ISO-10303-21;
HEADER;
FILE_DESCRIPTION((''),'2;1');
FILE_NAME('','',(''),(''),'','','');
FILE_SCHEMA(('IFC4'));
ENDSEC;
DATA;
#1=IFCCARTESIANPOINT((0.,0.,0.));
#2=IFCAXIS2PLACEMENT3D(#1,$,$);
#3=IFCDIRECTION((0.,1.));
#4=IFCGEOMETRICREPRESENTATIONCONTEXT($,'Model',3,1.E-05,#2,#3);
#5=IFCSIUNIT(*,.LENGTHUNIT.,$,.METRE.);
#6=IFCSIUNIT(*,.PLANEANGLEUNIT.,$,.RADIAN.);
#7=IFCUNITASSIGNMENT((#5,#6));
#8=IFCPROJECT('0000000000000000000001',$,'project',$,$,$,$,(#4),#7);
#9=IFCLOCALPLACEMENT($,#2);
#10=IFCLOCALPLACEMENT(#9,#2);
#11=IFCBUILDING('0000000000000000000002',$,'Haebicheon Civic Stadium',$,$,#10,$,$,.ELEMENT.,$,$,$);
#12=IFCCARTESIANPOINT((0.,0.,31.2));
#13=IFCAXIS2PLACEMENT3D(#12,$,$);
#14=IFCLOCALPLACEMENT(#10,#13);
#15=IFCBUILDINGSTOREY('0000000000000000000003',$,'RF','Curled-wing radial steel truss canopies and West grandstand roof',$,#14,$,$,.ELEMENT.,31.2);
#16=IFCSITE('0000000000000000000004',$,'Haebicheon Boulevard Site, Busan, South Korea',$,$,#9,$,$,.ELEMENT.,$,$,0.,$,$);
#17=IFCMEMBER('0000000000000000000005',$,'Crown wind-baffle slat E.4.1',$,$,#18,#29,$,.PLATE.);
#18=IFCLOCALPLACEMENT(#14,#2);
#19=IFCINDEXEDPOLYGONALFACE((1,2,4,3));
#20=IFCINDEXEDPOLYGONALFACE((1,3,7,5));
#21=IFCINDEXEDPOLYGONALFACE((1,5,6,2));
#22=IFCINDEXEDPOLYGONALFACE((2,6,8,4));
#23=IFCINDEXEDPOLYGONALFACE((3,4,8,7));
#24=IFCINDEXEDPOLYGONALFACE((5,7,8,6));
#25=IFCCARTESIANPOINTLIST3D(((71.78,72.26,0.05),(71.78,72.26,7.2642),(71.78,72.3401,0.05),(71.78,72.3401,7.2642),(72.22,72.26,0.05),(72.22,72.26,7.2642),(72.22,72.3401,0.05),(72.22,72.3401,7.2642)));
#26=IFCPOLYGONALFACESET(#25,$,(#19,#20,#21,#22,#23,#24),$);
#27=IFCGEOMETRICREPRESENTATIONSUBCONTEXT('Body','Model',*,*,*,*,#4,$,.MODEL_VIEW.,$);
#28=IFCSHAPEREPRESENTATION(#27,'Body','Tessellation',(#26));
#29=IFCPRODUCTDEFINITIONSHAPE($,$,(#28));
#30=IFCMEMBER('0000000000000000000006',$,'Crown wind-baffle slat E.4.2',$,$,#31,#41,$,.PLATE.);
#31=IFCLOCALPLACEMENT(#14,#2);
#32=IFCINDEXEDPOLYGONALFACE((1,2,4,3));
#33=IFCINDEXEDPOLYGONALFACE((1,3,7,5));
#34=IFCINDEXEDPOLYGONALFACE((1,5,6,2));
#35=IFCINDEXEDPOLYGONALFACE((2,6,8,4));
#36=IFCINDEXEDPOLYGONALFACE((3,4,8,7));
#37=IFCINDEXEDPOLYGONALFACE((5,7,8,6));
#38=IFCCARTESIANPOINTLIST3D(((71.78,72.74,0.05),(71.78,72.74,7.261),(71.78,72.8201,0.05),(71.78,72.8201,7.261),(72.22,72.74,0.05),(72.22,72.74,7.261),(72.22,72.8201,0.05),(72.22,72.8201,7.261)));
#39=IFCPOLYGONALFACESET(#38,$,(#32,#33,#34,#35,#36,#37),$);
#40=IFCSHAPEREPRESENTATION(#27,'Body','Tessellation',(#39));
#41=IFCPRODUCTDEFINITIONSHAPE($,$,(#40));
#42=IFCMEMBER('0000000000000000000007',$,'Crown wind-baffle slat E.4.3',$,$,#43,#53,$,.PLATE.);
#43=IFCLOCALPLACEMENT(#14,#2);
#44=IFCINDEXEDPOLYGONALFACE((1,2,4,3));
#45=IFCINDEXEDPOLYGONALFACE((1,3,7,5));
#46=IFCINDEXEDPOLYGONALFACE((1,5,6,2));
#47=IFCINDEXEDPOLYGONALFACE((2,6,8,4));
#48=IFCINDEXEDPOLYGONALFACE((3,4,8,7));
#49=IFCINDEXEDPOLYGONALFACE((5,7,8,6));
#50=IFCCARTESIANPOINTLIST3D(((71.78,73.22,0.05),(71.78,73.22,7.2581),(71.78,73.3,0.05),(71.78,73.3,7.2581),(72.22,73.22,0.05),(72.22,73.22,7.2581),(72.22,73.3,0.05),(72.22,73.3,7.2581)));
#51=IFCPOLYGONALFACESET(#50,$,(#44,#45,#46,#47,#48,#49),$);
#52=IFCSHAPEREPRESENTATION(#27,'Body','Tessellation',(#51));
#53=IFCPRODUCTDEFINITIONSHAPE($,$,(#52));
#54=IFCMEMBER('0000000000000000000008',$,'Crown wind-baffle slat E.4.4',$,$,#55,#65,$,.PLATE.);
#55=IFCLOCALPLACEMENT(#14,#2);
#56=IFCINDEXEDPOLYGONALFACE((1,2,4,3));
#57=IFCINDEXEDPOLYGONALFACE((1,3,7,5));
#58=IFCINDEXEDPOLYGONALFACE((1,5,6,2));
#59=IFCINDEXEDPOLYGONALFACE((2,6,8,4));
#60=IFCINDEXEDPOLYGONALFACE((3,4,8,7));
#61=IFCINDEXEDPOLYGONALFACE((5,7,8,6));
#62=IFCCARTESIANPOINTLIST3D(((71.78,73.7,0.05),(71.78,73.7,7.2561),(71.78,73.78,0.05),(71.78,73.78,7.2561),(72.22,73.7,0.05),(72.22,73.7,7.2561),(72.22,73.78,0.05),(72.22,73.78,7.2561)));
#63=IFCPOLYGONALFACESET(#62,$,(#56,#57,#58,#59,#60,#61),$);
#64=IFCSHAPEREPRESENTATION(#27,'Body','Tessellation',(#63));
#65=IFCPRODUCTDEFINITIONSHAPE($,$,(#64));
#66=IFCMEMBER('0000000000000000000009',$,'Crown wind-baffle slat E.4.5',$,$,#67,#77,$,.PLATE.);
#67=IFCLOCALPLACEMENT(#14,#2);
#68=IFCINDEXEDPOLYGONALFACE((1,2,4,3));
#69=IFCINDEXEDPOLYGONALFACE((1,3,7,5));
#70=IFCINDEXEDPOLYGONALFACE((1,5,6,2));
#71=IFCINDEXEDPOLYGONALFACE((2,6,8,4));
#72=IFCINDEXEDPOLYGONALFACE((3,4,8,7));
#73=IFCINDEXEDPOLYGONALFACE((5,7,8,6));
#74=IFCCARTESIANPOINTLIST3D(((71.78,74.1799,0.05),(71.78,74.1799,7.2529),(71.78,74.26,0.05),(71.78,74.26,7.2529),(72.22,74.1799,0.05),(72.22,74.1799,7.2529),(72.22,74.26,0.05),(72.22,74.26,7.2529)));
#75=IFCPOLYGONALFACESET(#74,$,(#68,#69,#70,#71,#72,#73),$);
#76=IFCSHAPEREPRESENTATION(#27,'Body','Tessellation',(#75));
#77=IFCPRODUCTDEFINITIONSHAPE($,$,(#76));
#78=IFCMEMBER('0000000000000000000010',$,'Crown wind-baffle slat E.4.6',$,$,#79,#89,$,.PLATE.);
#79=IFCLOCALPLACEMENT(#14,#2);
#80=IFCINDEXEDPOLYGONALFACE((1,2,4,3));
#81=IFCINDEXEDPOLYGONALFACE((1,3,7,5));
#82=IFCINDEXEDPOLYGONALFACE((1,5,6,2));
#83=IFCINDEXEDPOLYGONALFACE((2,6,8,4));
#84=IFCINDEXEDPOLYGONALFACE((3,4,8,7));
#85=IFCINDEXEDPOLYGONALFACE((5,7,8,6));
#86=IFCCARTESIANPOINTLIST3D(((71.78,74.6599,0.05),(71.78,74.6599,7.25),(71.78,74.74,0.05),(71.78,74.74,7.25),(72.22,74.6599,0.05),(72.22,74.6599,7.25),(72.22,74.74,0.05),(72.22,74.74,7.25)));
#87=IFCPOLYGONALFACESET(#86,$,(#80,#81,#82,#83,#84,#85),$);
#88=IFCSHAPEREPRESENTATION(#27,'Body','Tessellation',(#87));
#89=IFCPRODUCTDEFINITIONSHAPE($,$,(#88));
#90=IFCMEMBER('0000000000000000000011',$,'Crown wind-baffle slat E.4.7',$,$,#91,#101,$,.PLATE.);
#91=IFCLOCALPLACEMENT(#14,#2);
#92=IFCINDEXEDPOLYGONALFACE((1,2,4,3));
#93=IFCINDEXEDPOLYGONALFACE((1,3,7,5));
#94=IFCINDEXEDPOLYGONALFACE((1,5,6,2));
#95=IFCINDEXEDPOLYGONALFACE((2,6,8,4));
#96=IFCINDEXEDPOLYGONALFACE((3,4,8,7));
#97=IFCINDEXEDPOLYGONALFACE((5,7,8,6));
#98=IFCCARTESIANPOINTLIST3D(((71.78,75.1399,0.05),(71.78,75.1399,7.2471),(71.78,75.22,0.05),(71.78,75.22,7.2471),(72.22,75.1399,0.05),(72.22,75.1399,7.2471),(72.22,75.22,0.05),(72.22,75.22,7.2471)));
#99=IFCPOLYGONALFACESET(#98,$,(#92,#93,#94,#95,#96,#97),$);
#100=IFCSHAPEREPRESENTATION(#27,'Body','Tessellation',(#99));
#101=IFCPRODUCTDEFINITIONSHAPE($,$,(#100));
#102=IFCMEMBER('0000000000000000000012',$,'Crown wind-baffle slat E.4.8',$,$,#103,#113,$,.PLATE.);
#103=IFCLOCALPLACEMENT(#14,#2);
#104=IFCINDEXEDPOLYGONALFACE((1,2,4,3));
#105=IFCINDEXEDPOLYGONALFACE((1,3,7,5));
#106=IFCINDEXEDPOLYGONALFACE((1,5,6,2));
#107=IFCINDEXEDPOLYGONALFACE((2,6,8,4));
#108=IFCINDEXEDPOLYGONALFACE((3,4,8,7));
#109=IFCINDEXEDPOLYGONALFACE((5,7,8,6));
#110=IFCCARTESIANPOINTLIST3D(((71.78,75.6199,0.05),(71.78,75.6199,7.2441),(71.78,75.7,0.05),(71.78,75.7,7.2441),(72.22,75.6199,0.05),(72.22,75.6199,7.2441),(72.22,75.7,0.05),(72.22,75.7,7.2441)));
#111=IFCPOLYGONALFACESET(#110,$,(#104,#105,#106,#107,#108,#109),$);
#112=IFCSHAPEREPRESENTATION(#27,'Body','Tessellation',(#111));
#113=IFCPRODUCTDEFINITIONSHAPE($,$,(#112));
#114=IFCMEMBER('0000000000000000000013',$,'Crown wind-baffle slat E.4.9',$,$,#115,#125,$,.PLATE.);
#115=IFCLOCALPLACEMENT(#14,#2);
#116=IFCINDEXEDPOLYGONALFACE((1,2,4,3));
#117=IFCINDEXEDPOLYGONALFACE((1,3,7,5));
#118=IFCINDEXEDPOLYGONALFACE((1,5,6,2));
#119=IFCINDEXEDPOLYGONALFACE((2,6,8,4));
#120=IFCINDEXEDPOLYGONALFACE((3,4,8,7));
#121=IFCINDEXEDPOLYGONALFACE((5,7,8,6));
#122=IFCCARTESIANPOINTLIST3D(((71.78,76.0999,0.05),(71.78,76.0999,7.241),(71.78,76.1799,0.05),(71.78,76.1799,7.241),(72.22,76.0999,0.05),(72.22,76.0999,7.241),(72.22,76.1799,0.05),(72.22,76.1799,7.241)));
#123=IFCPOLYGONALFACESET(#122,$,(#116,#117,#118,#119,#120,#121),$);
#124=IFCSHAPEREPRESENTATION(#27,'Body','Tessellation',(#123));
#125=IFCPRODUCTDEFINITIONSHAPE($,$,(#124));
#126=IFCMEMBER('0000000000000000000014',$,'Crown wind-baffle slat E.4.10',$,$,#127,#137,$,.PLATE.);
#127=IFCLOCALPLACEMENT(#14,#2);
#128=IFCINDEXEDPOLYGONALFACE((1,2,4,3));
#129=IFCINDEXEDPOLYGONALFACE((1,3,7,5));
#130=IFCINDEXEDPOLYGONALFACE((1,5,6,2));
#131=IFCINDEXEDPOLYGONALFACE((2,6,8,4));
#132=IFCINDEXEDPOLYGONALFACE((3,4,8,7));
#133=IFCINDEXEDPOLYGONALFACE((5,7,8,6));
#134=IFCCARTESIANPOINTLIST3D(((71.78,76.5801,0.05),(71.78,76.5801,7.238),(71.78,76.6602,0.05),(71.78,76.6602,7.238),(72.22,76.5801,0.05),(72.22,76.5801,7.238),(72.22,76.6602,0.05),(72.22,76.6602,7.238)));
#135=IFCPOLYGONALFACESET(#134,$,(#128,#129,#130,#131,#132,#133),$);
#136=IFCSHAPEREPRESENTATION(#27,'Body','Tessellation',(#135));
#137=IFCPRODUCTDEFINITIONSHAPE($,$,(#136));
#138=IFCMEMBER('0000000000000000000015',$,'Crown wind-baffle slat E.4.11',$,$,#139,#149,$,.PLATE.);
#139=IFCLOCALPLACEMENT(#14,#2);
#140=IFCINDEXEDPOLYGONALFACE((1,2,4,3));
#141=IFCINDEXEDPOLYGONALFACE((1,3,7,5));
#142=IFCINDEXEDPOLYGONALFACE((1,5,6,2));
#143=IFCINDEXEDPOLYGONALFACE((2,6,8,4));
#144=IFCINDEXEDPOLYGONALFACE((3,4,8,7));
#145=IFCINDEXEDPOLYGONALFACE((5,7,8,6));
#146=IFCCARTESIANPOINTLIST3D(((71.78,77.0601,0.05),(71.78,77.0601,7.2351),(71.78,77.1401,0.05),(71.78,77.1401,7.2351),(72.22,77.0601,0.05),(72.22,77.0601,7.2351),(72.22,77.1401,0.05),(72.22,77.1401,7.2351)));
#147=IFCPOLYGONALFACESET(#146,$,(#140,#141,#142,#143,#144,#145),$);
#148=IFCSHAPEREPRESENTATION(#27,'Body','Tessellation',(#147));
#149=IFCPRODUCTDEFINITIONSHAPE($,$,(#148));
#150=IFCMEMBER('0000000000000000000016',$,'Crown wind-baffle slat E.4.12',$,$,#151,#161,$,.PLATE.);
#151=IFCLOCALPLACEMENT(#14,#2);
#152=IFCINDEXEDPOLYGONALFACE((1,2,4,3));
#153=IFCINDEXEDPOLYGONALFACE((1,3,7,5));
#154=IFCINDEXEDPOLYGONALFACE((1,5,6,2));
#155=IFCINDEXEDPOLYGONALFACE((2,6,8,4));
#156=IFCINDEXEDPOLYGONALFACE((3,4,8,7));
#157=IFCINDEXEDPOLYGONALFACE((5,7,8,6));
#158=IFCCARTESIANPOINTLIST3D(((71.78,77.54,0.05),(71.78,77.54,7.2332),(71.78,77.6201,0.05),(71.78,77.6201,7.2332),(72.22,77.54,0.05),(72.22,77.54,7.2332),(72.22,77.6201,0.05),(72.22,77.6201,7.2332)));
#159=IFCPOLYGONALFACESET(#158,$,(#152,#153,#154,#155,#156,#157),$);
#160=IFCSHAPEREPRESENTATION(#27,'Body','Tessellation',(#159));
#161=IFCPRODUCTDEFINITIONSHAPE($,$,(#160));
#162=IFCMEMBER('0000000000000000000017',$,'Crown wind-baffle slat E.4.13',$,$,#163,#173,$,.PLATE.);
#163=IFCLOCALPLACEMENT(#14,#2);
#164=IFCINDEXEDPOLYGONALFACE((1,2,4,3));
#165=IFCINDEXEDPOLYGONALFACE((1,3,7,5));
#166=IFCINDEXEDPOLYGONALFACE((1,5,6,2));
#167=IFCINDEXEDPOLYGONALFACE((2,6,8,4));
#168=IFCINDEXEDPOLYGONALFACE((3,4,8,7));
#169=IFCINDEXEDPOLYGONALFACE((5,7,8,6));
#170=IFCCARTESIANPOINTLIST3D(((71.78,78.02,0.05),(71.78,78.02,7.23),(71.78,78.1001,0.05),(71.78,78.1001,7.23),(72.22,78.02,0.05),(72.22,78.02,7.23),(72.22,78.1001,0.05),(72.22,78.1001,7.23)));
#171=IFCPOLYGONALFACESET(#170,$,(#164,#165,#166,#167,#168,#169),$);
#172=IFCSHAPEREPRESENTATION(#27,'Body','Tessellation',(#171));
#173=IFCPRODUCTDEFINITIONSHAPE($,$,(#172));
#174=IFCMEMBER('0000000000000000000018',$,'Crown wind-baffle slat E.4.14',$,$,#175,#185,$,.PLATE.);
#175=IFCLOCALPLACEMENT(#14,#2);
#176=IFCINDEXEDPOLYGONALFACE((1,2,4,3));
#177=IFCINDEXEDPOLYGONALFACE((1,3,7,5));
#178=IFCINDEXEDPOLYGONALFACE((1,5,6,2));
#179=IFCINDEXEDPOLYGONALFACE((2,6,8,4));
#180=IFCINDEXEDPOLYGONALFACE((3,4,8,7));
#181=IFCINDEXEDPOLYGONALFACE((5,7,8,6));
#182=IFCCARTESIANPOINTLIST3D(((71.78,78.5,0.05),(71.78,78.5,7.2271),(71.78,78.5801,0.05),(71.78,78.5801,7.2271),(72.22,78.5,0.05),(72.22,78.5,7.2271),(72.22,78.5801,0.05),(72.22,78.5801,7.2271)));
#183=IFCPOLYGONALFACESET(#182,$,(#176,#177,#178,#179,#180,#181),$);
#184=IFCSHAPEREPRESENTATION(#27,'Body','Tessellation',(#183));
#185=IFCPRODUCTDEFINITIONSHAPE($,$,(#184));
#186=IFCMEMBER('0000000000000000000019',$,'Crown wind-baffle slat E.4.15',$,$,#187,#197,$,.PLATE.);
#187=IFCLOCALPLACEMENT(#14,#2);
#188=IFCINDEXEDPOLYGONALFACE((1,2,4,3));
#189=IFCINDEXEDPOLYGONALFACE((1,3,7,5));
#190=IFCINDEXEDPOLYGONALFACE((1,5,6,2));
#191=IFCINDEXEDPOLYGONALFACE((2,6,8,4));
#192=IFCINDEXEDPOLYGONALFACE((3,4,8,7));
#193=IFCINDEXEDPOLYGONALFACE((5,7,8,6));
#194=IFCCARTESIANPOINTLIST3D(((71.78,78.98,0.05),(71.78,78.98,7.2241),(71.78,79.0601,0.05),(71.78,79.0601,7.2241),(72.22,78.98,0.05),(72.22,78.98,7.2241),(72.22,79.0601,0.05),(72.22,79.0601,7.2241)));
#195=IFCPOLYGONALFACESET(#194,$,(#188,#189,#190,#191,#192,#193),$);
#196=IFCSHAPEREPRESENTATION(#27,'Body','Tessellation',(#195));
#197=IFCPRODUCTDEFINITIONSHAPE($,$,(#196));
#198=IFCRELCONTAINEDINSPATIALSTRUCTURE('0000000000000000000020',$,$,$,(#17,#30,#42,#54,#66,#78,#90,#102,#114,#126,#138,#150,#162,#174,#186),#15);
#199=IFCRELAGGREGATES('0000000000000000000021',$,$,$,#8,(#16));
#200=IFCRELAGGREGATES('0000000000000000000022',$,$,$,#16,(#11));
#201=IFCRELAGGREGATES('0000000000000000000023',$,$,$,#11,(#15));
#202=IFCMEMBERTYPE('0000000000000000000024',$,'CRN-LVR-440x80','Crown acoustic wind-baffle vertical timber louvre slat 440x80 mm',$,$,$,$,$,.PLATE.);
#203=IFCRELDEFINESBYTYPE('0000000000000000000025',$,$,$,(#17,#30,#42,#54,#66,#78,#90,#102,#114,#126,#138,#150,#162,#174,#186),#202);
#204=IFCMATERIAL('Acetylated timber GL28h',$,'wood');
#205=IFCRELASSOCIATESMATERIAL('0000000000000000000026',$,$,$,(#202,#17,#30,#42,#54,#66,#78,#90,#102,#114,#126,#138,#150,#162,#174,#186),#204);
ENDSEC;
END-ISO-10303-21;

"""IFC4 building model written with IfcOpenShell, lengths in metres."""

from ifc_helpers import new_model, si_unit, direction, frame, origin, origin_2d, place, context, subcontext, project, spatial, rectangle, extrude, material, material_profile, profile_set, type_object, element, save


model = new_model("IFC4")

# Units and contexts
model_context = context("Model", 3, precision=1e-05, world=origin(), true_north=direction((0.0, 1.0)))
body_context = subcontext(model_context, "Body", "Model", "MODEL_VIEW")
ifc_project = project(units=[si_unit("LENGTHUNIT", "METRE"), si_unit("PLANEANGLEUNIT", "RADIAN")], contexts=[model_context])

# Site, building, storey
site_placement = place(None, origin())
site = spatial("IfcSite", under=ifc_project, at=site_placement, Name="Haebicheon Boulevard Site, Busan, South Korea", CompositionType="ELEMENT", RefElevation=0.0)
building_placement = place(site_placement, origin())
building = spatial("IfcBuilding", under=site, at=building_placement, Name="Haebicheon Civic Stadium", CompositionType="ELEMENT")
storey_placement = place(building_placement, frame((0.0, 0.0, 31.2)))
storey = spatial("IfcBuildingStorey", under=building, at=storey_placement, Name="RF", Description="Curled-wing radial steel truss canopies and West grandstand roof", CompositionType="ELEMENT", Elevation=31.2)

# Members
ifc_material_1 = material(Name="Acetylated timber GL28h", Category="wood")
ifc_material_profile_1 = material_profile(ifc_material_1, rectangle(XDim=0.0801, YDim=0.4399, at=origin_2d()), Name="TMB-LOUV-80x440")
ifc_profile_set_1 = profile_set([ifc_material_profile_1], Name="Acetylated timber GL28h")
member_type_1 = type_object("IfcMemberType", Name="CRN-LVR-440x80", Description="Crown acoustic wind-baffle vertical timber louvre slat 440x80 mm", PredefinedType="PLATE", material=ifc_profile_set_1)
member_1_placement = place(storey_placement, frame((72.0, 72.3, 0.05), z_axis=(0.0, 0.0, 1.0), x_axis=(0.0, 1.0, 0.0)))
element("IfcMember", 1, at=member_1_placement, inside=storey, type_object=member_type_1, material=ifc_profile_set_1, Name="Crown wind-baffle slat E.4.1", PredefinedType="PLATE", context=body_context, shape_type="SweptSolid", body=[
    extrude(rectangle(XDim=0.0801, YDim=0.4399, at=origin_2d()), origin(), (0.0, 0.0, 1.0), 7.2141),
])
member_2_placement = place(storey_placement, frame((72.0, 72.78, 0.05), z_axis=(0.0, 0.0, 1.0), x_axis=(0.0, 1.0, 0.0)))
element("IfcMember", 2, at=member_2_placement, inside=storey, type_object=member_type_1, material=ifc_profile_set_1, Name="Crown wind-baffle slat E.4.2", PredefinedType="PLATE", context=body_context, shape_type="SweptSolid", body=[
    extrude(rectangle(XDim=0.0801, YDim=0.4399, at=origin_2d()), origin(), (0.0, 0.0, 1.0), 7.2109),
])
member_3_placement = place(storey_placement, frame((72.0, 73.26, 0.05), z_axis=(0.0, 0.0, 1.0), x_axis=(0.0, 1.0, 0.0)))
element("IfcMember", 3, at=member_3_placement, inside=storey, type_object=member_type_1, material=ifc_profile_set_1, Name="Crown wind-baffle slat E.4.3", PredefinedType="PLATE", context=body_context, shape_type="SweptSolid", body=[
    extrude(rectangle(XDim=0.0801, YDim=0.4399, at=origin_2d()), origin(), (0.0, 0.0, 1.0), 7.208),
])
member_4_placement = place(storey_placement, frame((72.0, 73.74, 0.05), z_axis=(0.0, 0.0, 1.0), x_axis=(0.0, 1.0, 0.0)))
element("IfcMember", 4, at=member_4_placement, inside=storey, type_object=member_type_1, material=ifc_profile_set_1, Name="Crown wind-baffle slat E.4.4", PredefinedType="PLATE", context=body_context, shape_type="SweptSolid", body=[
    extrude(rectangle(XDim=0.0801, YDim=0.4399, at=origin_2d()), origin(), (0.0, 0.0, 1.0), 7.2061),
])
member_5_placement = place(storey_placement, frame((72.0, 74.22, 0.05), z_axis=(0.0, 0.0, 1.0), x_axis=(0.0, 1.0, 0.0)))
element("IfcMember", 5, at=member_5_placement, inside=storey, type_object=member_type_1, material=ifc_profile_set_1, Name="Crown wind-baffle slat E.4.5", PredefinedType="PLATE", context=body_context, shape_type="SweptSolid", body=[
    extrude(rectangle(XDim=0.0801, YDim=0.4399, at=origin_2d()), origin(), (0.0, 0.0, 1.0), 7.2029),
])
member_6_placement = place(storey_placement, frame((72.0, 74.7, 0.05), z_axis=(0.0, 0.0, 1.0), x_axis=(0.0, 1.0, 0.0)))
element("IfcMember", 6, at=member_6_placement, inside=storey, type_object=member_type_1, material=ifc_profile_set_1, Name="Crown wind-baffle slat E.4.6", PredefinedType="PLATE", context=body_context, shape_type="SweptSolid", body=[
    extrude(rectangle(XDim=0.0801, YDim=0.4399, at=origin_2d()), origin(), (0.0, 0.0, 1.0), 7.2),
])
member_7_placement = place(storey_placement, frame((72.0, 75.1799, 0.05), z_axis=(0.0, 0.0, 1.0), x_axis=(0.0, 1.0, 0.0)))
element("IfcMember", 7, at=member_7_placement, inside=storey, type_object=member_type_1, material=ifc_profile_set_1, Name="Crown wind-baffle slat E.4.7", PredefinedType="PLATE", context=body_context, shape_type="SweptSolid", body=[
    extrude(rectangle(XDim=0.0801, YDim=0.4399, at=origin_2d()), origin(), (0.0, 0.0, 1.0), 7.197),
])
member_8_placement = place(storey_placement, frame((72.0, 75.6599, 0.05), z_axis=(0.0, 0.0, 1.0), x_axis=(0.0, 1.0, 0.0)))
element("IfcMember", 8, at=member_8_placement, inside=storey, type_object=member_type_1, material=ifc_profile_set_1, Name="Crown wind-baffle slat E.4.8", PredefinedType="PLATE", context=body_context, shape_type="SweptSolid", body=[
    extrude(rectangle(XDim=0.0801, YDim=0.4399, at=origin_2d()), origin(), (0.0, 0.0, 1.0), 7.1941),
])
member_9_placement = place(storey_placement, frame((72.0, 76.1399, 0.05), z_axis=(0.0, 0.0, 1.0), x_axis=(0.0, 1.0, 0.0)))
element("IfcMember", 9, at=member_9_placement, inside=storey, type_object=member_type_1, material=ifc_profile_set_1, Name="Crown wind-baffle slat E.4.9", PredefinedType="PLATE", context=body_context, shape_type="SweptSolid", body=[
    extrude(rectangle(XDim=0.0801, YDim=0.4399, at=origin_2d()), origin(), (0.0, 0.0, 1.0), 7.1909),
])
member_10_placement = place(storey_placement, frame((72.0, 76.6201, 0.05), z_axis=(0.0, 0.0, 1.0), x_axis=(0.0, 1.0, 0.0)))
element("IfcMember", 10, at=member_10_placement, inside=storey, type_object=member_type_1, material=ifc_profile_set_1, Name="Crown wind-baffle slat E.4.10", PredefinedType="PLATE", context=body_context, shape_type="SweptSolid", body=[
    extrude(rectangle(XDim=0.0801, YDim=0.4399, at=origin_2d()), origin(), (0.0, 0.0, 1.0), 7.188),
])
member_11_placement = place(storey_placement, frame((72.0, 77.1001, 0.05), z_axis=(0.0, 0.0, 1.0), x_axis=(0.0, 1.0, 0.0)))
element("IfcMember", 11, at=member_11_placement, inside=storey, type_object=member_type_1, material=ifc_profile_set_1, Name="Crown wind-baffle slat E.4.11", PredefinedType="PLATE", context=body_context, shape_type="SweptSolid", body=[
    extrude(rectangle(XDim=0.0801, YDim=0.4399, at=origin_2d()), origin(), (0.0, 0.0, 1.0), 7.1851),
])
member_12_placement = place(storey_placement, frame((72.0, 77.5801, 0.05), z_axis=(0.0, 0.0, 1.0), x_axis=(0.0, 1.0, 0.0)))
element("IfcMember", 12, at=member_12_placement, inside=storey, type_object=member_type_1, material=ifc_profile_set_1, Name="Crown wind-baffle slat E.4.12", PredefinedType="PLATE", context=body_context, shape_type="SweptSolid", body=[
    extrude(rectangle(XDim=0.0801, YDim=0.4399, at=origin_2d()), origin(), (0.0, 0.0, 1.0), 7.1831),
])
member_13_placement = place(storey_placement, frame((72.0, 78.0601, 0.05), z_axis=(0.0, 0.0, 1.0), x_axis=(0.0, 1.0, 0.0)))
element("IfcMember", 13, at=member_13_placement, inside=storey, type_object=member_type_1, material=ifc_profile_set_1, Name="Crown wind-baffle slat E.4.13", PredefinedType="PLATE", context=body_context, shape_type="SweptSolid", body=[
    extrude(rectangle(XDim=0.0801, YDim=0.4399, at=origin_2d()), origin(), (0.0, 0.0, 1.0), 7.1799),
])
member_14_placement = place(storey_placement, frame((72.0, 78.54, 0.05), z_axis=(0.0, 0.0, 1.0), x_axis=(0.0, 1.0, 0.0)))
element("IfcMember", 14, at=member_14_placement, inside=storey, type_object=member_type_1, material=ifc_profile_set_1, Name="Crown wind-baffle slat E.4.14", PredefinedType="PLATE", context=body_context, shape_type="SweptSolid", body=[
    extrude(rectangle(XDim=0.0801, YDim=0.4399, at=origin_2d()), origin(), (0.0, 0.0, 1.0), 7.177),
])
member_15_placement = place(storey_placement, frame((72.0, 79.02, 0.05), z_axis=(0.0, 0.0, 1.0), x_axis=(0.0, 1.0, 0.0)))
element("IfcMember", 15, at=member_15_placement, inside=storey, type_object=member_type_1, material=ifc_profile_set_1, Name="Crown wind-baffle slat E.4.15", PredefinedType="PLATE", context=body_context, shape_type="SweptSolid", body=[
    extrude(rectangle(XDim=0.0801, YDim=0.4399, at=origin_2d()), origin(), (0.0, 0.0, 1.0), 7.1741),
])

save(model, "model.ifc")
